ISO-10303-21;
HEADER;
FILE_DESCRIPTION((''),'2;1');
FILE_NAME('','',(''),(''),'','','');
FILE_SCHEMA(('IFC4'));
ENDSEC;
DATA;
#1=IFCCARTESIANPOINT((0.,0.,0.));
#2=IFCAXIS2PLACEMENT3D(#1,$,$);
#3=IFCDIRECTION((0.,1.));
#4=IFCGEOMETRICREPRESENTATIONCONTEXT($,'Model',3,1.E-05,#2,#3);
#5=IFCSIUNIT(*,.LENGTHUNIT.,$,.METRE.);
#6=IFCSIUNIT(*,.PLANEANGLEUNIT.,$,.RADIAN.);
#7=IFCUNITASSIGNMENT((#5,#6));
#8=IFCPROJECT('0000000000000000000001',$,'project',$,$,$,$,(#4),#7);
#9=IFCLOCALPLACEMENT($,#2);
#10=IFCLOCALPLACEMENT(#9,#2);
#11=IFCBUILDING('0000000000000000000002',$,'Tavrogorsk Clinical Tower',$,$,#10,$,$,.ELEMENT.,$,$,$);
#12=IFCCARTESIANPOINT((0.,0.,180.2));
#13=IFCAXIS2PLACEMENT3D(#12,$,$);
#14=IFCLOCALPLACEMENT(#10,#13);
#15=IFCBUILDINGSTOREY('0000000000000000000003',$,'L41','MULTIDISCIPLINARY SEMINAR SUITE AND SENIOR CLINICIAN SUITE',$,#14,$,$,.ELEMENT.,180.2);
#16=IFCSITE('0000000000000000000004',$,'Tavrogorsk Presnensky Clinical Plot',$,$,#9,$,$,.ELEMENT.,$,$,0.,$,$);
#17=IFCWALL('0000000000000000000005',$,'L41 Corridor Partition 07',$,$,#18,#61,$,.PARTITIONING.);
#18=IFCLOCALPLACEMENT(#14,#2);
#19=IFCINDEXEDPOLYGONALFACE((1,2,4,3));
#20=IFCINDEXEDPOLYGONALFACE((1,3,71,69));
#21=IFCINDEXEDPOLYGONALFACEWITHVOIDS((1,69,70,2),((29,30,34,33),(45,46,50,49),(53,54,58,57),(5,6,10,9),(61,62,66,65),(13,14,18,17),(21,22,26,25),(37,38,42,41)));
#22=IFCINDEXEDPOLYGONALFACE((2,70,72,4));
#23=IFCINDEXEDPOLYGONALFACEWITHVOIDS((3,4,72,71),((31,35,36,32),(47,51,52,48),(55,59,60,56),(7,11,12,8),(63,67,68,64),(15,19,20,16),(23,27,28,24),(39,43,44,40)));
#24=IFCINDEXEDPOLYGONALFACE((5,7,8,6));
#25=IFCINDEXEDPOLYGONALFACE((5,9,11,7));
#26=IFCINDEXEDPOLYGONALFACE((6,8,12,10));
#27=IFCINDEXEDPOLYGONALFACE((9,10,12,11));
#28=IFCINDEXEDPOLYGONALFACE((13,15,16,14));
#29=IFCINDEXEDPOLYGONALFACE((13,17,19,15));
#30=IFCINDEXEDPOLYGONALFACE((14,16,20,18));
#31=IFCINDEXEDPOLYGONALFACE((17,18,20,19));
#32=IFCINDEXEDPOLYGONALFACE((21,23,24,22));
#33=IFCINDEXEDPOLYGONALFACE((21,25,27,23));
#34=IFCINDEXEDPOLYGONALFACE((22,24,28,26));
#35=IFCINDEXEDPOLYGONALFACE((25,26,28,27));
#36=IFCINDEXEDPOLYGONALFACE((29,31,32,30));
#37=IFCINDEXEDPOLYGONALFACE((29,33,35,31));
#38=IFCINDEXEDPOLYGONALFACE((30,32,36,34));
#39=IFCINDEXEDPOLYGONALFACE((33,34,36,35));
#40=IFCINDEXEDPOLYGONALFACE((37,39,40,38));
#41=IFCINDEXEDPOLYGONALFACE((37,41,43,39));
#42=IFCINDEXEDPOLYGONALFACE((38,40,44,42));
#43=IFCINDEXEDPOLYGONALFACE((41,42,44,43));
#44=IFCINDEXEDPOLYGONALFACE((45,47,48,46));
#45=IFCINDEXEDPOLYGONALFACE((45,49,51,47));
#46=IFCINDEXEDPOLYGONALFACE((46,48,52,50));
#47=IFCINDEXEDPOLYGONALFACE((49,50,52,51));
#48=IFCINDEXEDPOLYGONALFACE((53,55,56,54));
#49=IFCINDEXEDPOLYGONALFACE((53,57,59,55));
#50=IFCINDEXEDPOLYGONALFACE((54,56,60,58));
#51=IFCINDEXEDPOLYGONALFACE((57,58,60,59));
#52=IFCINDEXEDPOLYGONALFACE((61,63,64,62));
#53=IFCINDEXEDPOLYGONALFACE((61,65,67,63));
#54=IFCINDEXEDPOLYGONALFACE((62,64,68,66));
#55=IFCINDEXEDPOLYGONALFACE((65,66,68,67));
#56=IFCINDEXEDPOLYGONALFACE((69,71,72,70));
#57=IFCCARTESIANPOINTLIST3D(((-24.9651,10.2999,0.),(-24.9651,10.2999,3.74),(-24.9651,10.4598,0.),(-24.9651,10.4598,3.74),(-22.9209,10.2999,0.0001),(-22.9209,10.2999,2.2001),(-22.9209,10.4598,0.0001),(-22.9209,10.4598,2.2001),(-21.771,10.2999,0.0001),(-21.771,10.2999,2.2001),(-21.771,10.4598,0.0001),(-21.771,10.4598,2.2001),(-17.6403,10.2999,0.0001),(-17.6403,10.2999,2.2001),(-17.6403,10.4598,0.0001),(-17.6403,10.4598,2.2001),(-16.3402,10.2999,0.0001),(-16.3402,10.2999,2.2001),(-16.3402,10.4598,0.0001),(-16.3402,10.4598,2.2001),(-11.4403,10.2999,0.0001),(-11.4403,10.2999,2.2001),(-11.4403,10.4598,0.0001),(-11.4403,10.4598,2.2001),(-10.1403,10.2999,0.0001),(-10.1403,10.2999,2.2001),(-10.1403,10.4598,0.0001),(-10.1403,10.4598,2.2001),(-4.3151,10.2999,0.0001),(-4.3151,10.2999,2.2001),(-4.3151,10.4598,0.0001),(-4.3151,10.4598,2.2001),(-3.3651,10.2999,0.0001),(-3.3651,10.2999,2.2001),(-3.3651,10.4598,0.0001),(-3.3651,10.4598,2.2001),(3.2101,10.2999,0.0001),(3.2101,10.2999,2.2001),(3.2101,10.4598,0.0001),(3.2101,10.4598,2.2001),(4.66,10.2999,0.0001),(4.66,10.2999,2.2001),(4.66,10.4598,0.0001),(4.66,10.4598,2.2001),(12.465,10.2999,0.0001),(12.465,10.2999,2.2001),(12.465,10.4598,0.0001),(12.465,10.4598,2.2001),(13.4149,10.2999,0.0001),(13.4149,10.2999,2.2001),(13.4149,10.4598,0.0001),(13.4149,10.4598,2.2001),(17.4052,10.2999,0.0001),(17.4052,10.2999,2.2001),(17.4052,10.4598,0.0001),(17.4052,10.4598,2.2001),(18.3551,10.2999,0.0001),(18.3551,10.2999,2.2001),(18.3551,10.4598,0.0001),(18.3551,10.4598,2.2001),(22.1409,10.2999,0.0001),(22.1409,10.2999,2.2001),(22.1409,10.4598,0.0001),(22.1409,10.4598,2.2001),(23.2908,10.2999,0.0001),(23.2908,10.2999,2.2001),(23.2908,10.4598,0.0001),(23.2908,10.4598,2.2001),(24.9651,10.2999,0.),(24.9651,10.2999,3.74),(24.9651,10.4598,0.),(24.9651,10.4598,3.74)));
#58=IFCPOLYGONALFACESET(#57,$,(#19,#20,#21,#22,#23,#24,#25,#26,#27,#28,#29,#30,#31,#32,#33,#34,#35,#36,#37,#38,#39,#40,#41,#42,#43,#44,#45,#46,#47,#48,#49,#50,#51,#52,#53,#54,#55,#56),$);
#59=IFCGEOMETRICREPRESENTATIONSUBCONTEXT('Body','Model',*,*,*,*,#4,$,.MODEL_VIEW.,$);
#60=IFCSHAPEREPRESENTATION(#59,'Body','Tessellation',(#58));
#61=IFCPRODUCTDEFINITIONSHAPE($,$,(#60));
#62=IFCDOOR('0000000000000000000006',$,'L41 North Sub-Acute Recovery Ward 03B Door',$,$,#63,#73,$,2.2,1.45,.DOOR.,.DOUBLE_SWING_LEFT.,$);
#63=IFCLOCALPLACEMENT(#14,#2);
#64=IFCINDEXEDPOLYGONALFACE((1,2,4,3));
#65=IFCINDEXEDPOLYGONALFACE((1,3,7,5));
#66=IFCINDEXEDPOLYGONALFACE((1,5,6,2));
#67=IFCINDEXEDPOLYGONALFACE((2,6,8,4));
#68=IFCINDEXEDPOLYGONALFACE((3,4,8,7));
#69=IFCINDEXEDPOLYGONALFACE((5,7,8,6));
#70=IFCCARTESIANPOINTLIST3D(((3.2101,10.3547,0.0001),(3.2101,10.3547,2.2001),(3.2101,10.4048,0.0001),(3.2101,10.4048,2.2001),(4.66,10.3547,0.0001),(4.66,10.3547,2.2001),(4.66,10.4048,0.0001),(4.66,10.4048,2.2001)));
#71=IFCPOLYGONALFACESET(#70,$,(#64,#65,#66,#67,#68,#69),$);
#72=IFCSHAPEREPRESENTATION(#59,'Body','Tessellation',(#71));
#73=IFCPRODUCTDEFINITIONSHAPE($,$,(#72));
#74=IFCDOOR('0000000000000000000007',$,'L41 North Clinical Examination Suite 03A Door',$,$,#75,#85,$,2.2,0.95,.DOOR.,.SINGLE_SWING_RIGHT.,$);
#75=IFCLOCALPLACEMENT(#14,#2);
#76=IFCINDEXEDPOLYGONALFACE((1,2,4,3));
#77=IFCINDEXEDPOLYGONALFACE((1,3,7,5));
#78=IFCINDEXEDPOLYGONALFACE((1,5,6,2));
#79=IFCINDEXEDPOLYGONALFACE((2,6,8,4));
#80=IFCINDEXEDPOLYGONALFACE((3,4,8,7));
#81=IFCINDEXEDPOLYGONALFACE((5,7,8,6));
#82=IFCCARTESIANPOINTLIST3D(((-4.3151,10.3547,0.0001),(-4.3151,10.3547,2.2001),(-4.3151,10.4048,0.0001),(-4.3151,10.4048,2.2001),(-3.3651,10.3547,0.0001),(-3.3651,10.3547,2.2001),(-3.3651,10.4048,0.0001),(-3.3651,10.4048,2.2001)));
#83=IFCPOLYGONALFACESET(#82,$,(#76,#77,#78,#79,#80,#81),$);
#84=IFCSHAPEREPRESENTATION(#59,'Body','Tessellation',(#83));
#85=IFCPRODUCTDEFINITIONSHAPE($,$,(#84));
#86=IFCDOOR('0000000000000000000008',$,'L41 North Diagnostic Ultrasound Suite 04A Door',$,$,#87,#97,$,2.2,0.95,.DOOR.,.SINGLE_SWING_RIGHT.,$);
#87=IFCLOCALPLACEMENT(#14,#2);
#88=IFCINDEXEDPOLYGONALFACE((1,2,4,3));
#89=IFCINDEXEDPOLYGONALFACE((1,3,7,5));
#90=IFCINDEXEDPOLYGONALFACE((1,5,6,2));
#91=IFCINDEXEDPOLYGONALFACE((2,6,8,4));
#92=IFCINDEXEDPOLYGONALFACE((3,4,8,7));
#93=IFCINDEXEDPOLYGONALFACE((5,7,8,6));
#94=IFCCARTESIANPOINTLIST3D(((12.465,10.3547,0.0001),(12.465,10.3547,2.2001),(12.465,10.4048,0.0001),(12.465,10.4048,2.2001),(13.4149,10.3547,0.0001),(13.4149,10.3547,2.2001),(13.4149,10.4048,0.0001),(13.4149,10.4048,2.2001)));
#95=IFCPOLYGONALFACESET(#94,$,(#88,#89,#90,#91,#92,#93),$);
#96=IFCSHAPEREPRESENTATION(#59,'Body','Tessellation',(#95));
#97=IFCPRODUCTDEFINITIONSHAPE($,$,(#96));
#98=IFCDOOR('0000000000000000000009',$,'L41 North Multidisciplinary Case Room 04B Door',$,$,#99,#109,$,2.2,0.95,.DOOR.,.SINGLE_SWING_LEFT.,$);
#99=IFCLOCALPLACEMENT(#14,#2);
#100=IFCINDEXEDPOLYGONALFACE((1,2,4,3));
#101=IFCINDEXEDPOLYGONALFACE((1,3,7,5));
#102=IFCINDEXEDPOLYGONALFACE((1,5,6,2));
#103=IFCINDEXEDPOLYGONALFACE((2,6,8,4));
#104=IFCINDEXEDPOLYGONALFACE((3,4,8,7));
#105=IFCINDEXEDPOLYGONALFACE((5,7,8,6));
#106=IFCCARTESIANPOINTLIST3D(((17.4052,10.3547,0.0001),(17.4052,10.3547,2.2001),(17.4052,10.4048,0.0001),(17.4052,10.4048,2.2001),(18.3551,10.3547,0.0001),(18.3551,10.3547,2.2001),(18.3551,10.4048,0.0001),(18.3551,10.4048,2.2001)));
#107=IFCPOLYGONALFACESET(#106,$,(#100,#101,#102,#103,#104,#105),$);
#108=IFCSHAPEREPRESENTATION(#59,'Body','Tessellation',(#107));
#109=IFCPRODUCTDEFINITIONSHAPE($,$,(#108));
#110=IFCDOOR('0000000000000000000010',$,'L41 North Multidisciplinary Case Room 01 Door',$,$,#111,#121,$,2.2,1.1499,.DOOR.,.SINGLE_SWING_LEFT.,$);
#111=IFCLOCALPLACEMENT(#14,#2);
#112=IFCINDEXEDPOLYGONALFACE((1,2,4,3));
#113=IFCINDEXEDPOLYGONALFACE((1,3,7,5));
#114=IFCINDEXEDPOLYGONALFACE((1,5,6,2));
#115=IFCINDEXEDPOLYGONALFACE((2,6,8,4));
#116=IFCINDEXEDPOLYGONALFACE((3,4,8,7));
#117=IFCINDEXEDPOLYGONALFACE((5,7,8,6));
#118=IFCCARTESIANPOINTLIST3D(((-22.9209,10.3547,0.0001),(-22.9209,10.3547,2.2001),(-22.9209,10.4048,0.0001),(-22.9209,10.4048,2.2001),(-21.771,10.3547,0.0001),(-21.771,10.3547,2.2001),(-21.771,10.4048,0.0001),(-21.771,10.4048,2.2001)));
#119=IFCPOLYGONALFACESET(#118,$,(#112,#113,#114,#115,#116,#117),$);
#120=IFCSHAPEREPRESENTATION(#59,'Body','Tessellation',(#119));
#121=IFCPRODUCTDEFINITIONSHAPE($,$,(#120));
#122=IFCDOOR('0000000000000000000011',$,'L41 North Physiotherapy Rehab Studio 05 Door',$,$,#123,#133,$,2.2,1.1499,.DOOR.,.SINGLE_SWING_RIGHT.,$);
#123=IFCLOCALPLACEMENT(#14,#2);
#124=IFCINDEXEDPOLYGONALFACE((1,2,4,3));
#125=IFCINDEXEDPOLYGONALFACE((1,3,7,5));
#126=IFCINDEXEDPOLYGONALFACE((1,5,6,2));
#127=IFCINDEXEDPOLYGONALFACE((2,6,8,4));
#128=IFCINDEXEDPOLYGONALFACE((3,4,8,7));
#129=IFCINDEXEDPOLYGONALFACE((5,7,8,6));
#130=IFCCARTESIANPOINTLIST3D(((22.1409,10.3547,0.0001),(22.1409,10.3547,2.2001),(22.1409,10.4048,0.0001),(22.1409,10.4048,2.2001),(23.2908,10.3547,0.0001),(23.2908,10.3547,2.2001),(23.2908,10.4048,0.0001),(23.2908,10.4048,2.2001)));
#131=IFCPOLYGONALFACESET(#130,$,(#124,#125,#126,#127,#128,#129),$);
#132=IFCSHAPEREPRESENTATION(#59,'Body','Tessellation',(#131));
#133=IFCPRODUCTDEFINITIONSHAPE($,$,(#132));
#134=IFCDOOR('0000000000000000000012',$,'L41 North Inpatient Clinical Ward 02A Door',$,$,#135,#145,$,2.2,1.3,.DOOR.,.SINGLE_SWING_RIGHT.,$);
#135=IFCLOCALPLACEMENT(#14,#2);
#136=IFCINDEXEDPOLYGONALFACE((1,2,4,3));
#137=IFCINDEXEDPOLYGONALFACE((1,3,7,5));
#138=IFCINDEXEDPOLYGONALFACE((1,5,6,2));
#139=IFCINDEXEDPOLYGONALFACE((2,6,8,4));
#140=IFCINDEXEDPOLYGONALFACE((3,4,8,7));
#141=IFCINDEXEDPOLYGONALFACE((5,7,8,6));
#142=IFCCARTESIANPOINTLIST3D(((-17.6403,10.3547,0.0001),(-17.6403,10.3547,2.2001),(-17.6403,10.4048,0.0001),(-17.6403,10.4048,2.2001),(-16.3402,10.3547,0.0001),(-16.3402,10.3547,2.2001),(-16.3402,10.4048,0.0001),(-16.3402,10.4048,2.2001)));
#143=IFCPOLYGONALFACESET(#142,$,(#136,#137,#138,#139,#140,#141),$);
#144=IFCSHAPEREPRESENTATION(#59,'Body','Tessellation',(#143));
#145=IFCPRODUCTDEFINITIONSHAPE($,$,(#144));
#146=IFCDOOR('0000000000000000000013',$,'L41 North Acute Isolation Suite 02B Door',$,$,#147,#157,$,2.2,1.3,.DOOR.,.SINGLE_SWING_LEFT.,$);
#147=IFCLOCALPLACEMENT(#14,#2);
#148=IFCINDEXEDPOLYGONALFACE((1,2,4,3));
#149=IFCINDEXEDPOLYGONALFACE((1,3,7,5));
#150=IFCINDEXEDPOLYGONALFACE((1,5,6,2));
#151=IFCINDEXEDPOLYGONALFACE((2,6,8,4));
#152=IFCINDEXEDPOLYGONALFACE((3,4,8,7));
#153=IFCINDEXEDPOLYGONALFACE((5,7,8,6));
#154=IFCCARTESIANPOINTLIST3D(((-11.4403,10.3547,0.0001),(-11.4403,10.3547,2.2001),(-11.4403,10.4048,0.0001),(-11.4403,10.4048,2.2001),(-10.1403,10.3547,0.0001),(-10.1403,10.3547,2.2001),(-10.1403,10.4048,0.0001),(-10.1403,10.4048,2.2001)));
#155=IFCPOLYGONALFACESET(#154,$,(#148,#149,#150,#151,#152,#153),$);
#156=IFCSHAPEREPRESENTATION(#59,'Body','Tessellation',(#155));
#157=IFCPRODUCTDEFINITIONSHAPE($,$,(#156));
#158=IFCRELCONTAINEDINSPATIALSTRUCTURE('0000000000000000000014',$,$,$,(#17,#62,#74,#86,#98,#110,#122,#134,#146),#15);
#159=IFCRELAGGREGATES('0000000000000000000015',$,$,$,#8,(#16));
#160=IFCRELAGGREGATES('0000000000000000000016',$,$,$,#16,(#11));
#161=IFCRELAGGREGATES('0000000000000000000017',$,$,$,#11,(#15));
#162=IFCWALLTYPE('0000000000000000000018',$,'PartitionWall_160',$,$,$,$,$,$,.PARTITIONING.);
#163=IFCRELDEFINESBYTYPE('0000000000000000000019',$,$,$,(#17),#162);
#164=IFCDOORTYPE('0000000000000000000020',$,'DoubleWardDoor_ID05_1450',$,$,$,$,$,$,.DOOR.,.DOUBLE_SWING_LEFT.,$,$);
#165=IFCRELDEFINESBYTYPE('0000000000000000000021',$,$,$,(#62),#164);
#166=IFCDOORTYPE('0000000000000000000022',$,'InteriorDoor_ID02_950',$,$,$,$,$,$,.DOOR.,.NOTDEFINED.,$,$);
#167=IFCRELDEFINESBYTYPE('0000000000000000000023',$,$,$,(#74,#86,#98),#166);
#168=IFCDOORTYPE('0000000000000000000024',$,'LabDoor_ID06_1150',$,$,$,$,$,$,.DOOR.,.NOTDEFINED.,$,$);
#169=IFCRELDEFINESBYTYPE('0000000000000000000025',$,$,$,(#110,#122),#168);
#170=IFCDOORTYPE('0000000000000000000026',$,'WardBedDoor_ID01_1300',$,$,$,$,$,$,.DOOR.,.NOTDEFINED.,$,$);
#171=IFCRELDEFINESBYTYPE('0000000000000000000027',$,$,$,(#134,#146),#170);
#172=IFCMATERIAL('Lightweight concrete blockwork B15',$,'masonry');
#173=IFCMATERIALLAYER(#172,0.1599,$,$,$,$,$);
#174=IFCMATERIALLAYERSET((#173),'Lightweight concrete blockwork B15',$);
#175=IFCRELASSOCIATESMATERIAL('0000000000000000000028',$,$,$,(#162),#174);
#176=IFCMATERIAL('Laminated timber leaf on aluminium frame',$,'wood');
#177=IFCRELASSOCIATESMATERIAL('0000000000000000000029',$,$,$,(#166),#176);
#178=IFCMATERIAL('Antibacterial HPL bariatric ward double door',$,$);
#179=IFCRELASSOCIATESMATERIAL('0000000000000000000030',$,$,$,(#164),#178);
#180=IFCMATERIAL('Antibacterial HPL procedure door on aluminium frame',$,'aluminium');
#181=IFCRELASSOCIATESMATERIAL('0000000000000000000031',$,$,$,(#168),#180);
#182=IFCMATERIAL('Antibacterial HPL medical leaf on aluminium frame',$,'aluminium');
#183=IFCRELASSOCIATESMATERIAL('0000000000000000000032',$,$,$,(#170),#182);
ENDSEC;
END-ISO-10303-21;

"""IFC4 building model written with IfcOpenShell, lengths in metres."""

from ifc_helpers import new_model, si_unit, direction, frame, frame_2d, origin, place, context, subcontext, project, spatial, rectangle, extrude, material, layer, layer_set, type_object, element, fill, save


model = new_model("IFC4")

# Units and contexts
model_context = context("Model", 3, precision=1e-05, world=origin(), true_north=direction((0.0, 1.0)))
body_context = subcontext(model_context, "Body", "Model", "MODEL_VIEW")
ifc_project = project(units=[si_unit("LENGTHUNIT", "METRE"), si_unit("PLANEANGLEUNIT", "RADIAN")], contexts=[model_context])

# Site, building, storey
site_placement = place(None, origin())
site = spatial("IfcSite", under=ifc_project, at=site_placement, Name="Tavrogorsk Presnensky Clinical Plot", CompositionType="ELEMENT", RefElevation=0.0)
building_placement = place(site_placement, origin())
building = spatial("IfcBuilding", under=site, at=building_placement, Name="Tavrogorsk Clinical Tower", CompositionType="ELEMENT")
storey_placement = place(building_placement, frame((0.0, 0.0, 180.2)))
storey = spatial("IfcBuildingStorey", under=building, at=storey_placement, Name="L41", Description="MULTIDISCIPLINARY SEMINAR SUITE AND SENIOR CLINICIAN SUITE", CompositionType="ELEMENT", Elevation=180.2)

# Shared definitions
ifc_material_1 = material(Name="Lightweight concrete blockwork B15", Category="masonry")
ifc_layer_1 = layer(ifc_material_1, 0.1599)
ifc_layer_set_1 = layer_set([ifc_layer_1], Name="Lightweight concrete blockwork B15")
wall_type_1 = type_object("IfcWallType", Name="PartitionWall_160", PredefinedType="PARTITIONING", material=ifc_layer_set_1)
ifc_material_2 = material(Name="Laminated timber leaf on aluminium frame", Category="wood")
door_type_1 = type_object("IfcDoorType", Name="InteriorDoor_ID02_950", OperationType="NOTDEFINED", PredefinedType="DOOR", material=ifc_material_2)

# Wall, openings, doors
wall_1_placement = place(storey_placement, frame((-24.9651, 10.3799, 0.0), z_axis=(0.0, 0.0, 1.0), x_axis=(1.0, 0.0, 0.0)))
wall_1 = element("IfcWall", 1, at=wall_1_placement, inside=storey, type_object=wall_type_1, Name="L41 Corridor Partition 07", PredefinedType="PARTITIONING", context=body_context, shape_type="SweptSolid", body=[
    extrude(rectangle(XDim=49.9302, YDim=0.1599, at=frame_2d((24.9651, 0.0))), origin(), (0.0, 0.0, 1.0), 3.74),
])
opening_1_placement = place(wall_1_placement, frame((2.0442, 0.0, 0.0)))
opening_1 = element("IfcOpeningElement", 2, at=opening_1_placement, cuts=wall_1, PredefinedType="OPENING", context=body_context, shape_type="SweptSolid", body=[
    extrude(rectangle(XDim=1.1499, YDim=2.2, at=frame_2d((0.575, 1.1001))), frame((0.0, 0.0898, 0.0), z_axis=(0.0, -1.0, 0.0), x_axis=(1.0, 0.0, 0.0)), (0.0, 0.0, 1.0), 0.1799),
])
opening_2_placement = place(wall_1_placement, frame((7.325, 0.0, 0.0)))
opening_2 = element("IfcOpeningElement", 3, at=opening_2_placement, cuts=wall_1, PredefinedType="OPENING", context=body_context, shape_type="SweptSolid", body=[
    extrude(rectangle(XDim=1.3, YDim=2.2, at=frame_2d((0.6499, 1.1001))), frame((0.0, 0.0898, 0.0), z_axis=(0.0, -1.0, 0.0), x_axis=(1.0, 0.0, 0.0)), (0.0, 0.0, 1.0), 0.1799),
])
opening_3_placement = place(wall_1_placement, frame((13.5249, 0.0, 0.0)))
opening_3 = element("IfcOpeningElement", 4, at=opening_3_placement, cuts=wall_1, PredefinedType="OPENING", context=body_context, shape_type="SweptSolid", body=[
    extrude(rectangle(XDim=1.3, YDim=2.2, at=frame_2d((0.6499, 1.1001))), frame((0.0, 0.0898, 0.0), z_axis=(0.0, -1.0, 0.0), x_axis=(1.0, 0.0, 0.0)), (0.0, 0.0, 1.0), 0.1799),
])
opening_4_placement = place(wall_1_placement, frame((20.6499, 0.0, 0.0)))
opening_4 = element("IfcOpeningElement", 5, at=opening_4_placement, cuts=wall_1, PredefinedType="OPENING", context=body_context, shape_type="SweptSolid", body=[
    extrude(rectangle(XDim=0.95, YDim=2.2, at=frame_2d((0.4751, 1.1001))), frame((0.0, 0.0898, 0.0), z_axis=(0.0, -1.0, 0.0), x_axis=(1.0, 0.0, 0.0)), (0.0, 0.0, 1.0), 0.1799),
])
opening_5_placement = place(wall_1_placement, frame((28.175, 0.0, 0.0)))
opening_5 = element("IfcOpeningElement", 6, at=opening_5_placement, cuts=wall_1, PredefinedType="OPENING", context=body_context, shape_type="SweptSolid", body=[
    extrude(rectangle(XDim=1.45, YDim=2.2, at=frame_2d((0.7251, 1.1001))), frame((0.0, 0.0898, 0.0), z_axis=(0.0, -1.0, 0.0), x_axis=(1.0, 0.0, 0.0)), (0.0, 0.0, 1.0), 0.1799),
])
opening_6_placement = place(wall_1_placement, frame((37.4299, 0.0, 0.0)))
opening_6 = element("IfcOpeningElement", 7, at=opening_6_placement, cuts=wall_1, PredefinedType="OPENING", context=body_context, shape_type="SweptSolid", body=[
    extrude(rectangle(XDim=0.95, YDim=2.2, at=frame_2d((0.4751, 1.1001))), frame((0.0, 0.0898, 0.0), z_axis=(0.0, -1.0, 0.0), x_axis=(1.0, 0.0, 0.0)), (0.0, 0.0, 1.0), 0.1799),
])
opening_7_placement = place(wall_1_placement, frame((42.3701, 0.0, 0.0)))
opening_7 = element("IfcOpeningElement", 8, at=opening_7_placement, cuts=wall_1, PredefinedType="OPENING", context=body_context, shape_type="SweptSolid", body=[
    extrude(rectangle(XDim=0.95, YDim=2.2, at=frame_2d((0.4751, 1.1001))), frame((0.0, 0.0898, 0.0), z_axis=(0.0, -1.0, 0.0), x_axis=(1.0, 0.0, 0.0)), (0.0, 0.0, 1.0), 0.1799),
])
opening_8_placement = place(wall_1_placement, frame((47.106, 0.0, 0.0)))
opening_8 = element("IfcOpeningElement", 9, at=opening_8_placement, cuts=wall_1, PredefinedType="OPENING", context=body_context, shape_type="SweptSolid", body=[
    extrude(rectangle(XDim=1.1499, YDim=2.2, at=frame_2d((0.575, 1.1001))), frame((0.0, 0.0898, 0.0), z_axis=(0.0, -1.0, 0.0), x_axis=(1.0, 0.0, 0.0)), (0.0, 0.0, 1.0), 0.1799),
])
ifc_material_3 = material(Name="Antibacterial HPL bariatric ward double door")
door_type_2 = type_object("IfcDoorType", Name="DoubleWardDoor_ID05_1450", OperationType="DOUBLE_SWING_LEFT", PredefinedType="DOOR", material=ifc_material_3)
door_1_placement = place(opening_5_placement, origin())
door_1 = element("IfcDoor", 10, at=door_1_placement, inside=storey, type_object=door_type_2, Name="L41 North Sub-Acute Recovery Ward 03B Door", OperationType="DOUBLE_SWING_LEFT", OverallHeight=2.2, OverallWidth=1.45, PredefinedType="DOOR", context=body_context, shape_type="SweptSolid", body=[
    extrude(rectangle(XDim=1.45, YDim=2.2, at=frame_2d((0.7251, 1.1001))), frame((0.0, 0.0249, 0.0), z_axis=(0.0, -1.0, 0.0), x_axis=(1.0, 0.0, 0.0)), (0.0, 0.0, 1.0), 0.05),
])
fill(opening_5, door_1)
door_2_placement = place(opening_4_placement, origin())
door_2 = element("IfcDoor", 11, at=door_2_placement, inside=storey, type_object=door_type_1, Name="L41 North Clinical Examination Suite 03A Door", OperationType="SINGLE_SWING_RIGHT", OverallHeight=2.2, OverallWidth=0.95, PredefinedType="DOOR", context=body_context, shape_type="SweptSolid", body=[
    extrude(rectangle(XDim=0.95, YDim=2.2, at=frame_2d((0.4751, 1.1001))), frame((0.0, 0.0249, 0.0), z_axis=(0.0, -1.0, 0.0), x_axis=(1.0, 0.0, 0.0)), (0.0, 0.0, 1.0), 0.05),
])
fill(opening_4, door_2)
door_3_placement = place(opening_6_placement, origin())
door_3 = element("IfcDoor", 12, at=door_3_placement, inside=storey, type_object=door_type_1, Name="L41 North Diagnostic Ultrasound Suite 04A Door", OperationType="SINGLE_SWING_RIGHT", OverallHeight=2.2, OverallWidth=0.95, PredefinedType="DOOR", context=body_context, shape_type="SweptSolid", body=[
    extrude(rectangle(XDim=0.95, YDim=2.2, at=frame_2d((0.4751, 1.1001))), frame((0.0, 0.0249, 0.0), z_axis=(0.0, -1.0, 0.0), x_axis=(1.0, 0.0, 0.0)), (0.0, 0.0, 1.0), 0.05),
])
fill(opening_6, door_3)
door_4_placement = place(opening_7_placement, origin())
door_4 = element("IfcDoor", 13, at=door_4_placement, inside=storey, type_object=door_type_1, Name="L41 North Multidisciplinary Case Room 04B Door", OperationType="SINGLE_SWING_LEFT", OverallHeight=2.2, OverallWidth=0.95, PredefinedType="DOOR", context=body_context, shape_type="SweptSolid", body=[
    extrude(rectangle(XDim=0.95, YDim=2.2, at=frame_2d((0.4751, 1.1001))), frame((0.0, 0.0249, 0.0), z_axis=(0.0, -1.0, 0.0), x_axis=(1.0, 0.0, 0.0)), (0.0, 0.0, 1.0), 0.05),
])
fill(opening_7, door_4)
ifc_material_4 = material(Name="Antibacterial HPL procedure door on aluminium frame", Category="aluminium")
door_type_3 = type_object("IfcDoorType", Name="LabDoor_ID06_1150", OperationType="NOTDEFINED", PredefinedType="DOOR", material=ifc_material_4)
door_5_placement = place(opening_1_placement, origin())
door_5 = element("IfcDoor", 14, at=door_5_placement, inside=storey, type_object=door_type_3, Name="L41 North Multidisciplinary Case Room 01 Door", OperationType="SINGLE_SWING_LEFT", OverallHeight=2.2, OverallWidth=1.1499, PredefinedType="DOOR", context=body_context, shape_type="SweptSolid", body=[
    extrude(rectangle(XDim=1.1499, YDim=2.2, at=frame_2d((0.575, 1.1001))), frame((0.0, 0.0249, 0.0), z_axis=(0.0, -1.0, 0.0), x_axis=(1.0, 0.0, 0.0)), (0.0, 0.0, 1.0), 0.05),
])
fill(opening_1, door_5)
door_6_placement = place(opening_8_placement, origin())
door_6 = element("IfcDoor", 15, at=door_6_placement, inside=storey, type_object=door_type_3, Name="L41 North Physiotherapy Rehab Studio 05 Door", OperationType="SINGLE_SWING_RIGHT", OverallHeight=2.2, OverallWidth=1.1499, PredefinedType="DOOR", context=body_context, shape_type="SweptSolid", body=[
    extrude(rectangle(XDim=1.1499, YDim=2.2, at=frame_2d((0.575, 1.1001))), frame((0.0, 0.0249, 0.0), z_axis=(0.0, -1.0, 0.0), x_axis=(1.0, 0.0, 0.0)), (0.0, 0.0, 1.0), 0.05),
])
fill(opening_8, door_6)
ifc_material_5 = material(Name="Antibacterial HPL medical leaf on aluminium frame", Category="aluminium")
door_type_4 = type_object("IfcDoorType", Name="WardBedDoor_ID01_1300", OperationType="NOTDEFINED", PredefinedType="DOOR", material=ifc_material_5)
door_7_placement = place(opening_2_placement, origin())
door_7 = element("IfcDoor", 16, at=door_7_placement, inside=storey, type_object=door_type_4, Name="L41 North Inpatient Clinical Ward 02A Door", OperationType="SINGLE_SWING_RIGHT", OverallHeight=2.2, OverallWidth=1.3, PredefinedType="DOOR", context=body_context, shape_type="SweptSolid", body=[
    extrude(rectangle(XDim=1.3, YDim=2.2, at=frame_2d((0.6499, 1.1001))), frame((0.0, 0.0249, 0.0), z_axis=(0.0, -1.0, 0.0), x_axis=(1.0, 0.0, 0.0)), (0.0, 0.0, 1.0), 0.05),
])
fill(opening_2, door_7)
door_8_placement = place(opening_3_placement, origin())
door_8 = element("IfcDoor", 17, at=door_8_placement, inside=storey, type_object=door_type_4, Name="L41 North Acute Isolation Suite 02B Door", OperationType="SINGLE_SWING_LEFT", OverallHeight=2.2, OverallWidth=1.3, PredefinedType="DOOR", context=body_context, shape_type="SweptSolid", body=[
    extrude(rectangle(XDim=1.3, YDim=2.2, at=frame_2d((0.6499, 1.1001))), frame((0.0, 0.0249, 0.0), z_axis=(0.0, -1.0, 0.0), x_axis=(1.0, 0.0, 0.0)), (0.0, 0.0, 1.0), 0.05),
])
fill(opening_3, door_8)

save(model, "model.ifc")
